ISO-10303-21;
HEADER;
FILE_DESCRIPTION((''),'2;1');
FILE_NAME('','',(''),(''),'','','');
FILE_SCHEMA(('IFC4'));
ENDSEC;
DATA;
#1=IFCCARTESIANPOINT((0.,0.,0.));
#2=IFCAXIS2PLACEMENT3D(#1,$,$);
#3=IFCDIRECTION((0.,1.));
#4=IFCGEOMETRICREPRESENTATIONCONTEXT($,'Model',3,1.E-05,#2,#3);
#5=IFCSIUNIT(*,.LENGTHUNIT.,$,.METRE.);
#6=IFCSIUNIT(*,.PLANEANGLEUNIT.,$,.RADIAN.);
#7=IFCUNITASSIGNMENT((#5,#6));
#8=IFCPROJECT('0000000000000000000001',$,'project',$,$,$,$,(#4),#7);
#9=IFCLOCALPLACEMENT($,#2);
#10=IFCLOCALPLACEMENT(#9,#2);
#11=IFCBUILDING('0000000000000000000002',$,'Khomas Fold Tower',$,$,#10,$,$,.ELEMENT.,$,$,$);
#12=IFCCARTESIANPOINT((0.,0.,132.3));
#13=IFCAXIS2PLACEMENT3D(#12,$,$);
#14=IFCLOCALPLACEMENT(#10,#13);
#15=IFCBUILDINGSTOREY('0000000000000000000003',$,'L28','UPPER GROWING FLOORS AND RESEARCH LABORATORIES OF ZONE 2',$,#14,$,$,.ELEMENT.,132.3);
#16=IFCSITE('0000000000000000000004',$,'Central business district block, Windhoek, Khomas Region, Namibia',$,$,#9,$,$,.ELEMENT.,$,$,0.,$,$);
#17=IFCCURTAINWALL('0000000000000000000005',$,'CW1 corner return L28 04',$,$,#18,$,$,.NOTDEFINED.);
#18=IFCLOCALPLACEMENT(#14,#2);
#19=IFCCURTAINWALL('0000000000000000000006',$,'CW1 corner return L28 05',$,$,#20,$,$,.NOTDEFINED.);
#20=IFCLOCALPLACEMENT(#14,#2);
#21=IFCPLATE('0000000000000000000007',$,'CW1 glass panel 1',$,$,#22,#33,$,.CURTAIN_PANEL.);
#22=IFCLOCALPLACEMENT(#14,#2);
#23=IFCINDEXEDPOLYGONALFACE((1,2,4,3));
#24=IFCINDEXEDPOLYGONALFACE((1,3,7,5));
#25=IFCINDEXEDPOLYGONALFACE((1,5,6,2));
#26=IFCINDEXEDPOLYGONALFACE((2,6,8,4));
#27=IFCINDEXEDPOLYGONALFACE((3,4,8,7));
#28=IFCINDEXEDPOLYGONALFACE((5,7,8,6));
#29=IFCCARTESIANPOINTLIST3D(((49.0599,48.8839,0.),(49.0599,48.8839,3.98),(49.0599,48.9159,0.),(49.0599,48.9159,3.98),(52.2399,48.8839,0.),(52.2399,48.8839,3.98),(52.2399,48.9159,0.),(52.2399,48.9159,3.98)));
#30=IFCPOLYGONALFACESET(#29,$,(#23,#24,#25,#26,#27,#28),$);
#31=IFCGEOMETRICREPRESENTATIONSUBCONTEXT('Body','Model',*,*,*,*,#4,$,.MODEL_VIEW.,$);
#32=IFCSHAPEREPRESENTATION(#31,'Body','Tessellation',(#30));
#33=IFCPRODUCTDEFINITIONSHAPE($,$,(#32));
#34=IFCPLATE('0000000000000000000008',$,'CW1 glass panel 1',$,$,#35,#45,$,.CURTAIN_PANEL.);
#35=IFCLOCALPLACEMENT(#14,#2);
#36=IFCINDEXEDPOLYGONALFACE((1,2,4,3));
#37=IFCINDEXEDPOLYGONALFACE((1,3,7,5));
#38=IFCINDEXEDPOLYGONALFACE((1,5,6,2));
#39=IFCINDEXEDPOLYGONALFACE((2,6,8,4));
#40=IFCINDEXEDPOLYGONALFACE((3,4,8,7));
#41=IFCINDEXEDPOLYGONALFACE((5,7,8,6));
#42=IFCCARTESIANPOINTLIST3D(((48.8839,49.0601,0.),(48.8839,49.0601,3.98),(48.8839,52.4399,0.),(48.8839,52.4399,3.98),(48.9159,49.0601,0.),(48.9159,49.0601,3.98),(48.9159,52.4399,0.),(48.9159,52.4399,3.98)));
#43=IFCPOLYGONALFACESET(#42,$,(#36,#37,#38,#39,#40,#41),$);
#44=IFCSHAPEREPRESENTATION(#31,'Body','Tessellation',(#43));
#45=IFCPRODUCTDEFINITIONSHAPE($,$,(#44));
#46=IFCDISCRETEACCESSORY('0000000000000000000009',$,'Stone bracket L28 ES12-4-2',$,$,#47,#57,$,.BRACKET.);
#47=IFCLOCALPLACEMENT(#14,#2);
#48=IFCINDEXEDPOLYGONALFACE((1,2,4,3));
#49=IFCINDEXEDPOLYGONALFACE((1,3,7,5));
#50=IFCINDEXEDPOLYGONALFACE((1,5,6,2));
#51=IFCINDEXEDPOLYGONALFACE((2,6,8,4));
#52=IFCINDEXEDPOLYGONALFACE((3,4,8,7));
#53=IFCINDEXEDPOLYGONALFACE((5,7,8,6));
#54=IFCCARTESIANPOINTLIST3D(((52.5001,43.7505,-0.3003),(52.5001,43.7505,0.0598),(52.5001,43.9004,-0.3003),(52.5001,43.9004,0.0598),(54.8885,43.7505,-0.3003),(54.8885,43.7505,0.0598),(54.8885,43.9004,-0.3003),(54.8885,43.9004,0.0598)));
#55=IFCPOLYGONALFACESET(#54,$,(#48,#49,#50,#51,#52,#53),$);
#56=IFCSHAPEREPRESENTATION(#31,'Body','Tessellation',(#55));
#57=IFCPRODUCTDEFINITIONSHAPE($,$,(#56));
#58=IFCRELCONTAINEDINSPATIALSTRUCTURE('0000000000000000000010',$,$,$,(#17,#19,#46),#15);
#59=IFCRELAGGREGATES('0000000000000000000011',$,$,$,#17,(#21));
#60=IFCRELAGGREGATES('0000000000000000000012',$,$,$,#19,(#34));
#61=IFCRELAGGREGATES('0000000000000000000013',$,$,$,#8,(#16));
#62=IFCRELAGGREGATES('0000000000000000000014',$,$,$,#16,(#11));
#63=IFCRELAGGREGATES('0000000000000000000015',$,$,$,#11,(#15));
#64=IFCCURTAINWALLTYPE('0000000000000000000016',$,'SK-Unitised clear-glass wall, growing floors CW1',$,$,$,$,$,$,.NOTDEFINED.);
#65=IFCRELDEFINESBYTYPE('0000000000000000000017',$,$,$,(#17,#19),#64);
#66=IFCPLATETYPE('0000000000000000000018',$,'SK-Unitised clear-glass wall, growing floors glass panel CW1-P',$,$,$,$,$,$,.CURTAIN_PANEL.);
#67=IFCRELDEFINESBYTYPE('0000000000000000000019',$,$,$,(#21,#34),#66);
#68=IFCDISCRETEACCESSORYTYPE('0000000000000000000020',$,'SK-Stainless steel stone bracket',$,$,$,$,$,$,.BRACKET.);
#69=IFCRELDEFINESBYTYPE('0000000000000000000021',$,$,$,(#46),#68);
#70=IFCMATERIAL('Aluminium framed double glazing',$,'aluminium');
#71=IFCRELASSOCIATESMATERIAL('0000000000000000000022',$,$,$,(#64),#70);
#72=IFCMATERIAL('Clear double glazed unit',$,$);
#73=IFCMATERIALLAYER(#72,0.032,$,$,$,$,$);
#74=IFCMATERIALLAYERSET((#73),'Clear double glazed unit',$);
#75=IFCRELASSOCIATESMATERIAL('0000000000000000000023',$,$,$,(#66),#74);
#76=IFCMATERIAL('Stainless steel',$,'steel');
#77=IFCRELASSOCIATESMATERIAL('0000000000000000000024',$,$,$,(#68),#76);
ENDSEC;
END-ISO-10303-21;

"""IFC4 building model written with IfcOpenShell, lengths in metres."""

from ifc_helpers import new_model, si_unit, direction, frame, origin, origin_2d, place, context, subcontext, project, spatial, rectangle, extrude, source, transform, mapped, material, layer, layer_set, type_object, element, aggregate, save


model = new_model("IFC4")

# Units and contexts
model_context = context("Model", 3, precision=1e-05, world=origin(), true_north=direction((0.0, 1.0)))
body_context = subcontext(model_context, "Body", "Model", "MODEL_VIEW")
ifc_project = project(units=[si_unit("LENGTHUNIT", "METRE"), si_unit("PLANEANGLEUNIT", "RADIAN")], contexts=[model_context])

# Site, building, storey
site_placement = place(None, origin())
site = spatial("IfcSite", under=ifc_project, at=site_placement, Name="Central business district block, Windhoek, Khomas Region, Namibia", CompositionType="ELEMENT", RefElevation=0.0)
building_placement = place(site_placement, origin())
building = spatial("IfcBuilding", under=site, at=building_placement, Name="Khomas Fold Tower", CompositionType="ELEMENT")
storey_placement = place(building_placement, frame((0.0, 0.0, 132.3)))
storey = spatial("IfcBuildingStorey", under=building, at=storey_placement, Name="L28", Description="UPPER GROWING FLOORS AND RESEARCH LABORATORIES OF ZONE 2", CompositionType="ELEMENT", Elevation=132.3)

# Shared definitions
ifc_material_1 = material(Name="Aluminium framed double glazing", Category="aluminium")
curtain_wall_type = type_object("IfcCurtainWallType", Name="SK-Unitised clear-glass wall, growing floors CW1", PredefinedType="NOTDEFINED", material=ifc_material_1)

# Curtain walls
curtain_wall_1_placement = place(storey_placement, origin())
curtain_wall_1 = element("IfcCurtainWall", 1, at=curtain_wall_1_placement, inside=storey, type_object=curtain_wall_type, Name="CW1 corner return L28 04", PredefinedType="NOTDEFINED")
curtain_wall_2_placement = place(storey_placement, origin())
curtain_wall_2 = element("IfcCurtainWall", 2, at=curtain_wall_2_placement, inside=storey, type_object=curtain_wall_type, Name="CW1 corner return L28 05", PredefinedType="NOTDEFINED")

# Plates
ifc_material_2 = material(Name="Clear double glazed unit")
ifc_layer = layer(ifc_material_2, 0.032)
ifc_layer_set = layer_set([ifc_layer], Name="Clear double glazed unit")
plate_type = type_object("IfcPlateType", Name="SK-Unitised clear-glass wall, growing floors glass panel CW1-P", PredefinedType="CURTAIN_PANEL", material=ifc_layer_set)
shared_shape_1 = source(origin(), body_context, "Body", "SweptSolid", [
    extrude(rectangle(XDim=3.1799, YDim=0.032, at=origin_2d()), origin(), (0.0, 0.0, 1.0), 3.98),
])
plate_1_placement = place(storey_placement, frame((50.6499, 48.8999, 0.0), z_axis=(0.0, 0.0, 1.0), x_axis=(-1.0, 0.0, 0.0)))
plate_1 = element("IfcPlate", 3, at=plate_1_placement, type_object=plate_type, Name="CW1 glass panel 1", PredefinedType="CURTAIN_PANEL", context=body_context, shape_type="MappedRepresentation", body=[
    mapped(shared_shape_1, transform((0.0, 0.0, 0.0))),
])
aggregate(curtain_wall_1, [plate_1])
shared_shape_2 = source(origin(), body_context, "Body", "SweptSolid", [
    extrude(rectangle(XDim=3.3799, YDim=0.032, at=origin_2d()), origin(), (0.0, 0.0, 1.0), 3.98),
])
plate_2_placement = place(storey_placement, frame((48.8999, 50.75, 0.0), z_axis=(0.0, 0.0, 1.0), x_axis=(0.0, 1.0, 0.0)))
plate_2 = element("IfcPlate", 4, at=plate_2_placement, type_object=plate_type, Name="CW1 glass panel 1", PredefinedType="CURTAIN_PANEL", context=body_context, shape_type="MappedRepresentation", body=[
    mapped(shared_shape_2, transform((0.0, 0.0, 0.0))),
])
aggregate(curtain_wall_2, [plate_2])

# Discrete accessory
ifc_material_3 = material(Name="Stainless steel", Category="steel")
discrete_accessory_type = type_object("IfcDiscreteAccessoryType", Name="SK-Stainless steel stone bracket", PredefinedType="BRACKET", material=ifc_material_3)
shared_shape_3 = source(origin(), body_context, "Body", "SweptSolid", [
    extrude(rectangle(XDim=2.3884, YDim=0.1499, at=origin_2d()), origin(), (0.0, 0.0, 1.0), 0.3601),
])
discrete_accessory_placement = place(storey_placement, frame((53.6943, 43.8254, -0.3003), z_axis=(0.0, 0.0, 1.0), x_axis=(1.0, 0.0, 0.0)))
element("IfcDiscreteAccessory", 5, at=discrete_accessory_placement, inside=storey, type_object=discrete_accessory_type, Name="Stone bracket L28 ES12-4-2", PredefinedType="BRACKET", context=body_context, shape_type="MappedRepresentation", body=[
    mapped(shared_shape_3, transform((0.0, 0.0, 0.0))),
])

save(model, "model.ifc")
